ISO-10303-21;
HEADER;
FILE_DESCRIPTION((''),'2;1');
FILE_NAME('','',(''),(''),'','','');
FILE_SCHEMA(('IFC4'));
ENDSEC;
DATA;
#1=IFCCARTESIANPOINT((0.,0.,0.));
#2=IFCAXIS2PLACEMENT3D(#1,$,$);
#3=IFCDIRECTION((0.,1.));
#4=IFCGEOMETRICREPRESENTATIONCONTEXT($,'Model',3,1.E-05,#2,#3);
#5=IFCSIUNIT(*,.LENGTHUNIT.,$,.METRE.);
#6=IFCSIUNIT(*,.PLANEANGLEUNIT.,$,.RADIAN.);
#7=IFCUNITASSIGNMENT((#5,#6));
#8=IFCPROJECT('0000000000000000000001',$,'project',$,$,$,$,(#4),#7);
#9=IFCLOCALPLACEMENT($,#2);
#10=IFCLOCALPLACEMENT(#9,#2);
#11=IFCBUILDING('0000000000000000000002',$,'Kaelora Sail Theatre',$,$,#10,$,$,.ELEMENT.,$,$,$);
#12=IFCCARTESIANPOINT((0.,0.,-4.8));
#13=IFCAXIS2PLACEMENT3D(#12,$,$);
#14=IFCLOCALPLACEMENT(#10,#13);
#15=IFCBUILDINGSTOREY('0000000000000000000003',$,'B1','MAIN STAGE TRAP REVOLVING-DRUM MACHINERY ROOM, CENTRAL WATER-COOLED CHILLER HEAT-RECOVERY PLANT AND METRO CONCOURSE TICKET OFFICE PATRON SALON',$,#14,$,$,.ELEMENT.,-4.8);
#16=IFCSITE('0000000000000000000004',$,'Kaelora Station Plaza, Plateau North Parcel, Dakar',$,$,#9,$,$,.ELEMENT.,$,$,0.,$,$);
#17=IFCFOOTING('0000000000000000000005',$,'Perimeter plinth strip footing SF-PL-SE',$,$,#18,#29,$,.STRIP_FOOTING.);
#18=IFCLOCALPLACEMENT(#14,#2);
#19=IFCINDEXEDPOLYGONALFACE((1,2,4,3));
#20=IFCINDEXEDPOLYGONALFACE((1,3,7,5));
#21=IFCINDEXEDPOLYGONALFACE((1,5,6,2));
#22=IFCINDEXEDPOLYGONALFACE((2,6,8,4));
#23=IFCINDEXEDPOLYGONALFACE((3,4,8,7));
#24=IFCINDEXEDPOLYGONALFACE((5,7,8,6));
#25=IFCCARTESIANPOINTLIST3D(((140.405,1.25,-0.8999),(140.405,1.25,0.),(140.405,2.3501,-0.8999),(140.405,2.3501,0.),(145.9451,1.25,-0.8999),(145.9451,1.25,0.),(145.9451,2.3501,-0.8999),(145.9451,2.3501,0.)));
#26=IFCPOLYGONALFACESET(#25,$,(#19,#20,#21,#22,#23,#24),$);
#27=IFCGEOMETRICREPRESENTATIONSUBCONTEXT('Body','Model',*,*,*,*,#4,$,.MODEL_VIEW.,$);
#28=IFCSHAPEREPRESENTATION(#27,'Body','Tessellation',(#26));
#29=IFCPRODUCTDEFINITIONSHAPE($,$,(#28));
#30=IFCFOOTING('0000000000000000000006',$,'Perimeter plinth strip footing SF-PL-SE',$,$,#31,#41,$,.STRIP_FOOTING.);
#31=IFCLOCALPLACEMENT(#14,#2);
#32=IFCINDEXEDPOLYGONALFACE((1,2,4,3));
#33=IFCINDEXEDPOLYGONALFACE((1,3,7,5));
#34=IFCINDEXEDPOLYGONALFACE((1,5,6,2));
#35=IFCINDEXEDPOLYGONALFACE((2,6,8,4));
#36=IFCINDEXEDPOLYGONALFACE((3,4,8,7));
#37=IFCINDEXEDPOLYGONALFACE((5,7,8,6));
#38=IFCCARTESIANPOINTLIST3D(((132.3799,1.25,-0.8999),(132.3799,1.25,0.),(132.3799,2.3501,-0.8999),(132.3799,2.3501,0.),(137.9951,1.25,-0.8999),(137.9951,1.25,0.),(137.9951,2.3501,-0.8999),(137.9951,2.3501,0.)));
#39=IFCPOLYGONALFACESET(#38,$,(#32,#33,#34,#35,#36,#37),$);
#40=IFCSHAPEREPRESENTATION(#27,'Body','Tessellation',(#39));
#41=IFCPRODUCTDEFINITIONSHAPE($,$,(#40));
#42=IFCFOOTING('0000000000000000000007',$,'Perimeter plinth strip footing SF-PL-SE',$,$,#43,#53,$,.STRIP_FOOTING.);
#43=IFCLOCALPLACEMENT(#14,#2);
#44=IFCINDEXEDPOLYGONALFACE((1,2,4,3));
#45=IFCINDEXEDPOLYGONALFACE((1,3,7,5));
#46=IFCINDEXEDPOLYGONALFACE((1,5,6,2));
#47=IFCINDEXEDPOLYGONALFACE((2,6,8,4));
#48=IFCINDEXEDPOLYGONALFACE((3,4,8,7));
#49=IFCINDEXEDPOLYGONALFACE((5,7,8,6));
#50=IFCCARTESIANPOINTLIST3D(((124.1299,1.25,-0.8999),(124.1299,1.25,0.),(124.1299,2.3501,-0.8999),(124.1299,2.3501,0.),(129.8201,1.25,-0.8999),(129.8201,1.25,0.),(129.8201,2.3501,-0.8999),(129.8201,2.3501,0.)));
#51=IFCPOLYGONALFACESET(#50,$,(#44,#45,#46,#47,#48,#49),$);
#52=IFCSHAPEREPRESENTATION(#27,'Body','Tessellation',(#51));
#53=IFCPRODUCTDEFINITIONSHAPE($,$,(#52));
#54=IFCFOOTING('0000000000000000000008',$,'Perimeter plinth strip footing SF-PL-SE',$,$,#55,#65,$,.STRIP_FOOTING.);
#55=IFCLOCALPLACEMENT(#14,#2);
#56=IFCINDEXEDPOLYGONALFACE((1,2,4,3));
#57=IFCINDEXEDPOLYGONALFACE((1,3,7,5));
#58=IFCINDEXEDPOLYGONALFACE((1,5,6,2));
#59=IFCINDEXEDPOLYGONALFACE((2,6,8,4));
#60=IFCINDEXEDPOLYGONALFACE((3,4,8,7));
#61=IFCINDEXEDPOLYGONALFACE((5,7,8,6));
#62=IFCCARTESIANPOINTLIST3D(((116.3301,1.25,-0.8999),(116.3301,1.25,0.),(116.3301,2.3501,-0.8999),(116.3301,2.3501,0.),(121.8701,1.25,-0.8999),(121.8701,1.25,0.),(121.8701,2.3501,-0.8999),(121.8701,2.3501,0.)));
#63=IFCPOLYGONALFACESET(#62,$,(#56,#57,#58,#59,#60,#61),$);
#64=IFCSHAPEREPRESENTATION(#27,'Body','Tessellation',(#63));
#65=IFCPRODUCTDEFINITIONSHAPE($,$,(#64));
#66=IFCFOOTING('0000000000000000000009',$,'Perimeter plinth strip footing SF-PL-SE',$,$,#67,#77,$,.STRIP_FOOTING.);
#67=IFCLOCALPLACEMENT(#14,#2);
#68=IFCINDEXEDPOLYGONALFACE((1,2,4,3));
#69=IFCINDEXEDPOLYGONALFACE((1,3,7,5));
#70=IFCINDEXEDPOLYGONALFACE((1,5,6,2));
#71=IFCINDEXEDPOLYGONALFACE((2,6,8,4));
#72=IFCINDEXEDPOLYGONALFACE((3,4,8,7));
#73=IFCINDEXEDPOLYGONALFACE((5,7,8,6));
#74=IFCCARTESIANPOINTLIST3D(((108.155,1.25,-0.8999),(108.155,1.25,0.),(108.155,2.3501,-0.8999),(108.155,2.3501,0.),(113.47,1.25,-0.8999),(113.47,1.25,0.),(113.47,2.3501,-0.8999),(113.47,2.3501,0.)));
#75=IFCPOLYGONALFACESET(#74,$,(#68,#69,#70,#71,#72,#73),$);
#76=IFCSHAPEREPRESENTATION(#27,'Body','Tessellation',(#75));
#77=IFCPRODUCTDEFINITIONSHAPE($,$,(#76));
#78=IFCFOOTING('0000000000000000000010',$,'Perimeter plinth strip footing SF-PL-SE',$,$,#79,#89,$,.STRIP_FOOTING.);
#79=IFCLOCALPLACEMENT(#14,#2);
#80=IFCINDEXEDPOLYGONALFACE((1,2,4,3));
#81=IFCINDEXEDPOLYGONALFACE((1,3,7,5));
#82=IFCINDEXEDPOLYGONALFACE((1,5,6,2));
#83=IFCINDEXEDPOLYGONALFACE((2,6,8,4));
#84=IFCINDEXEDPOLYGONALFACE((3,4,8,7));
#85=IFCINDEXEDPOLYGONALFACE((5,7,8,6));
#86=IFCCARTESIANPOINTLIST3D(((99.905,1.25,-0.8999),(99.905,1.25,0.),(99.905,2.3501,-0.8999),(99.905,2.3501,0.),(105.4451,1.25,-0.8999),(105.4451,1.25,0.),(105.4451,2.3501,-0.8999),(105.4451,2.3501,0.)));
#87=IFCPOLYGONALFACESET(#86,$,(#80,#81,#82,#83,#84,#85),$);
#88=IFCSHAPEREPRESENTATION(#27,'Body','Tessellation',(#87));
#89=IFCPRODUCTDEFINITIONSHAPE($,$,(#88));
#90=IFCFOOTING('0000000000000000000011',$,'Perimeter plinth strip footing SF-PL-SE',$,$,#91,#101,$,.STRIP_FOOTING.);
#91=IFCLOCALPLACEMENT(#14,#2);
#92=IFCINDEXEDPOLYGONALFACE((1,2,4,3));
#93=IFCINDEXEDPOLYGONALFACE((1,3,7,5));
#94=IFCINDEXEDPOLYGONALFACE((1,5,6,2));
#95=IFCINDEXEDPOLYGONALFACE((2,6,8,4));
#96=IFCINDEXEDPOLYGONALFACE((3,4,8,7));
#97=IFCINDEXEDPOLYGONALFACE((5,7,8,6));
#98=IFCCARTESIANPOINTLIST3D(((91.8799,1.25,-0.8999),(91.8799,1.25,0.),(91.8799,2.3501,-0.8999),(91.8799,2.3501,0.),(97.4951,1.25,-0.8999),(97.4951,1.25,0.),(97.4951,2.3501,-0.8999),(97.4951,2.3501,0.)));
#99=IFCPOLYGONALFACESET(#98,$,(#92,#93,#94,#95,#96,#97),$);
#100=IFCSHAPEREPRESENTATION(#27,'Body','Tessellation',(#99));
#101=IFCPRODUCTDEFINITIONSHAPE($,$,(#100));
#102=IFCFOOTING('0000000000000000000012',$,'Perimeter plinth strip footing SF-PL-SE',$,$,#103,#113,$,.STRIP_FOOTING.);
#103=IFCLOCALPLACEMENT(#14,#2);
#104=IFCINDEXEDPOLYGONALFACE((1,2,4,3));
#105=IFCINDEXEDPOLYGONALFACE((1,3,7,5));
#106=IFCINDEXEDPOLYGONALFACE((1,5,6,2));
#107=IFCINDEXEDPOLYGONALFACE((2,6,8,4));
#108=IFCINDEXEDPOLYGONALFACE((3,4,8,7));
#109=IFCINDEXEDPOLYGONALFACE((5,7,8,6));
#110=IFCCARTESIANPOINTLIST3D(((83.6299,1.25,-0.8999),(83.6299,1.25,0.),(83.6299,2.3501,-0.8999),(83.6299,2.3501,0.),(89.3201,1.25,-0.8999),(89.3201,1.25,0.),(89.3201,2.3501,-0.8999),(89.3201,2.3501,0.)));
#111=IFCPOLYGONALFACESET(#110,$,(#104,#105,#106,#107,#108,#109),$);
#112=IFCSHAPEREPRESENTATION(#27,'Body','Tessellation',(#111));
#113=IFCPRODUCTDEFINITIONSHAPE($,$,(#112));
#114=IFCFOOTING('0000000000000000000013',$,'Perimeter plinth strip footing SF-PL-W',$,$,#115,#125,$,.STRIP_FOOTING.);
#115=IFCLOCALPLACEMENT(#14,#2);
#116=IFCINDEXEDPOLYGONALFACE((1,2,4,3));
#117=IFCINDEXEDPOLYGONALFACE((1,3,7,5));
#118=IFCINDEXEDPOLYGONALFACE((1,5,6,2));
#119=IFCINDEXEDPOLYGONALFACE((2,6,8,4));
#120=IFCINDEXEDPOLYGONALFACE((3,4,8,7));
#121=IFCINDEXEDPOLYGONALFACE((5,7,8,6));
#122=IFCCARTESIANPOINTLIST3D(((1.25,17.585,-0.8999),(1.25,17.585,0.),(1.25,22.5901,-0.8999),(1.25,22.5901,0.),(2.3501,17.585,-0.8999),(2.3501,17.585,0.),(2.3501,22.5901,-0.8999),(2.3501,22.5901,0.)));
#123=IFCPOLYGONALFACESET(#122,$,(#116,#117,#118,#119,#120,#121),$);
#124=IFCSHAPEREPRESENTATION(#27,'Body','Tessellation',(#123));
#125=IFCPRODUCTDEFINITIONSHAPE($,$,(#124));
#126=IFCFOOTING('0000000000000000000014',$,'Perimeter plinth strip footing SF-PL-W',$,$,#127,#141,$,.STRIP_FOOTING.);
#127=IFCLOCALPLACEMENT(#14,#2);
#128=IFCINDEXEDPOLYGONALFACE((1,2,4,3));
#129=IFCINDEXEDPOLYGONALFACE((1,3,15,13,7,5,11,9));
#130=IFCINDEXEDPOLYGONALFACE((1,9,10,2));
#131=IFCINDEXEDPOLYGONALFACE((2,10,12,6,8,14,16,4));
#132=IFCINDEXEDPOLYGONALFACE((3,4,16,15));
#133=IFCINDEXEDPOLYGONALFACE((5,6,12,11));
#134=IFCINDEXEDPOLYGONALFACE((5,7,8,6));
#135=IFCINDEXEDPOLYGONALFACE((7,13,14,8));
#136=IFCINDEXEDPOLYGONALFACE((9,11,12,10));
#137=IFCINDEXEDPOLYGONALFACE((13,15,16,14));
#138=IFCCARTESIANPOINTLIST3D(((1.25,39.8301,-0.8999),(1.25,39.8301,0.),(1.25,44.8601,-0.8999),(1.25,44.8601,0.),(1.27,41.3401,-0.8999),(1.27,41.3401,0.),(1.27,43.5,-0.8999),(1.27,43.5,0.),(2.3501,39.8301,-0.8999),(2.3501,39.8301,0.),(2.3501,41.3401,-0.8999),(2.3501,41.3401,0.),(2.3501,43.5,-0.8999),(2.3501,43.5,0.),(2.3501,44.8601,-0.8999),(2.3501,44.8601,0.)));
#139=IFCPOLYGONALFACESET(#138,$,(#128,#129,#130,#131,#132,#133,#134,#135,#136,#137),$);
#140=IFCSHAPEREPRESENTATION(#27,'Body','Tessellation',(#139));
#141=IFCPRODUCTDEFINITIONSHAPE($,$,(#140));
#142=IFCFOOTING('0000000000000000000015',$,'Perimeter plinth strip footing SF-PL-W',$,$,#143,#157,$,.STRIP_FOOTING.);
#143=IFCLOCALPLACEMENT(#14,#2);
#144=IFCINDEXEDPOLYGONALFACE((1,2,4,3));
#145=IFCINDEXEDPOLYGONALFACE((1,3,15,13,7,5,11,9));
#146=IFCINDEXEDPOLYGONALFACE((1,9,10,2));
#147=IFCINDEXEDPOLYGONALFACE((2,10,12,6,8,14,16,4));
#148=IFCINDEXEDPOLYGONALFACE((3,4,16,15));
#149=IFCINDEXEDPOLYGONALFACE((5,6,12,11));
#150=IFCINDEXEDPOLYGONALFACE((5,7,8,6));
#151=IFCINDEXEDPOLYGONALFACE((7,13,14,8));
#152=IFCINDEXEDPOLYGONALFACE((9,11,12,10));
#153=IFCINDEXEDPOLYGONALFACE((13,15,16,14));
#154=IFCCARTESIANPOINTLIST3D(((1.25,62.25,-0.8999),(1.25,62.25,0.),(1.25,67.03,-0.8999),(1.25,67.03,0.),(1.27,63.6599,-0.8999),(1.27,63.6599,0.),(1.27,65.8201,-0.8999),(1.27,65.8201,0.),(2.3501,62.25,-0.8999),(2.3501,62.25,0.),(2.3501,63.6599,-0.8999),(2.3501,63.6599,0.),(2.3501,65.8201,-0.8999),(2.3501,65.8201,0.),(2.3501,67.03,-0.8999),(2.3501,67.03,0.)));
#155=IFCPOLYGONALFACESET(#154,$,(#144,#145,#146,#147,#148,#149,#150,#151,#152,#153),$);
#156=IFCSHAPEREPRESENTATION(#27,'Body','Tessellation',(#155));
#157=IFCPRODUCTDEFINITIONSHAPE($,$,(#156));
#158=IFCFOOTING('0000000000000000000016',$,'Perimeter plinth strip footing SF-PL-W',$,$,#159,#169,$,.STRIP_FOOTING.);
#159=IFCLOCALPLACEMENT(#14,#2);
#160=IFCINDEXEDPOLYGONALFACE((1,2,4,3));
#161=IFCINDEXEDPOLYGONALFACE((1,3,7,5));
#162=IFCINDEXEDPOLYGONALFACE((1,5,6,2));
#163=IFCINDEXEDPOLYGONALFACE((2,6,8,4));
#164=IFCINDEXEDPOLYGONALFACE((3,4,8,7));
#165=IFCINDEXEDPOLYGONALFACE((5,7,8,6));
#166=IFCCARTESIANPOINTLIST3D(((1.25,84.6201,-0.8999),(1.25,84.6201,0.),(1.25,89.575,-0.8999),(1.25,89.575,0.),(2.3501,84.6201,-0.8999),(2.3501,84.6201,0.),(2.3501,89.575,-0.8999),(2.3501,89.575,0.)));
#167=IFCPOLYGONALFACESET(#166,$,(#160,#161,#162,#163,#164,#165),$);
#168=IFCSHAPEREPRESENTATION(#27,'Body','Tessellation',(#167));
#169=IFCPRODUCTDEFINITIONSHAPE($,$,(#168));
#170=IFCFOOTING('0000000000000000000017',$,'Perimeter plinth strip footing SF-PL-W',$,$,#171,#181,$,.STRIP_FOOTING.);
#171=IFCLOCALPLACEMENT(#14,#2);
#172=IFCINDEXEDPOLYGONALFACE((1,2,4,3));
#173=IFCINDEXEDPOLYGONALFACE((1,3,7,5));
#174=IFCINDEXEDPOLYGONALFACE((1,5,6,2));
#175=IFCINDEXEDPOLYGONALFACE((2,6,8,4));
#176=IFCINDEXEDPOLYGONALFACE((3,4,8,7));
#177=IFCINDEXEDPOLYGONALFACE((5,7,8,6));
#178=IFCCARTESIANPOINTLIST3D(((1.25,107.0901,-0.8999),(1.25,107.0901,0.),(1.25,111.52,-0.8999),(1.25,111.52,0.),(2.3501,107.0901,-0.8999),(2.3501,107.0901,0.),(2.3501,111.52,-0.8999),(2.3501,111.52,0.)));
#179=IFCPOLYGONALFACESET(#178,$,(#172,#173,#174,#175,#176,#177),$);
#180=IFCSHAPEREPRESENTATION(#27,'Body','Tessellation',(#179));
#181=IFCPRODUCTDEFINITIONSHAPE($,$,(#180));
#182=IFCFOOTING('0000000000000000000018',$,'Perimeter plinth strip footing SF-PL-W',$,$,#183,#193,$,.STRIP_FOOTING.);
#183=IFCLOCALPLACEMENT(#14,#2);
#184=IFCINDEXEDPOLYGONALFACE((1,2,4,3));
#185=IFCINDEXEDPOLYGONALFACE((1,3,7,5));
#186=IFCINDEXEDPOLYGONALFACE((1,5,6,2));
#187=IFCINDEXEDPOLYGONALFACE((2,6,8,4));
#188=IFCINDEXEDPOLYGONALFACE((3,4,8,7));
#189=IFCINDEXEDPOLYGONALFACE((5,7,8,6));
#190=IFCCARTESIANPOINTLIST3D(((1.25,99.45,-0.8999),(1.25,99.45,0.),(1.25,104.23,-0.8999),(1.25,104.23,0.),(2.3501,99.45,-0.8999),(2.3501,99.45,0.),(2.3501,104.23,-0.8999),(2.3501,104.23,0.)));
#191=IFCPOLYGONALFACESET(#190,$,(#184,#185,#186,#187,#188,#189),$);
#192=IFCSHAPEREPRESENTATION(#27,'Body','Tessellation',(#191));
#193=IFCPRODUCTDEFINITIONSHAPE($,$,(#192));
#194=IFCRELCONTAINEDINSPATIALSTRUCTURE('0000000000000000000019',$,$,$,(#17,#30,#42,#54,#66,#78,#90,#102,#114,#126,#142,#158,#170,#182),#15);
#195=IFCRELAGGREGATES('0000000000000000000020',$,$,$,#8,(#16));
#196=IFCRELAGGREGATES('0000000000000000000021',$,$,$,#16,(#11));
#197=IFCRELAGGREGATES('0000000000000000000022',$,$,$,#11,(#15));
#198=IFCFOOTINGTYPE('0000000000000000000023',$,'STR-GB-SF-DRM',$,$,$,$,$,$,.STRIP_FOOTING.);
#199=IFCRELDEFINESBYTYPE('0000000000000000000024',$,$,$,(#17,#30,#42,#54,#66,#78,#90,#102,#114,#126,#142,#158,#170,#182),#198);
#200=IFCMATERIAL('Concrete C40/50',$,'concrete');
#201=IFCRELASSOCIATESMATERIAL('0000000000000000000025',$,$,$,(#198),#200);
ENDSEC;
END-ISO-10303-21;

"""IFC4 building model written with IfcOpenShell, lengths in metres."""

from ifc_helpers import new_model, si_unit, direction, frame, origin, place, context, subcontext, project, spatial, polyline, outline, extrude, material, type_object, element, save


model = new_model("IFC4")

# Units and contexts
model_context = context("Model", 3, precision=1e-05, world=origin(), true_north=direction((0.0, 1.0)))
body_context = subcontext(model_context, "Body", "Model", "MODEL_VIEW")
ifc_project = project(units=[si_unit("LENGTHUNIT", "METRE"), si_unit("PLANEANGLEUNIT", "RADIAN")], contexts=[model_context])

# Site, building, storey
site_placement = place(None, origin())
site = spatial("IfcSite", under=ifc_project, at=site_placement, Name="Kaelora Station Plaza, Plateau North Parcel, Dakar", CompositionType="ELEMENT", RefElevation=0.0)
building_placement = place(site_placement, origin())
building = spatial("IfcBuilding", under=site, at=building_placement, Name="Kaelora Sail Theatre", CompositionType="ELEMENT")
storey_placement = place(building_placement, frame((0.0, 0.0, -4.8)))
storey = spatial("IfcBuildingStorey", under=building, at=storey_placement, Name="B1", Description="MAIN STAGE TRAP REVOLVING-DRUM MACHINERY ROOM, CENTRAL WATER-COOLED CHILLER HEAT-RECOVERY PLANT AND METRO CONCOURSE TICKET OFFICE PATRON SALON", CompositionType="ELEMENT", Elevation=-4.8)

# Footings
ifc_material = material(Name="Concrete C40/50", Category="concrete")
footing_type = type_object("IfcFootingType", Name="STR-GB-SF-DRM", PredefinedType="STRIP_FOOTING", material=ifc_material)
footing_1_placement = place(storey_placement, frame((0.0, 0.0, -0.8999)))
element("IfcFooting", 1, at=footing_1_placement, inside=storey, type_object=footing_type, Name="Perimeter plinth strip footing SF-PL-SE", PredefinedType="STRIP_FOOTING", context=body_context, shape_type="SweptSolid", body=[
    extrude(outline(polyline([(140.405, 1.25), (140.405, 2.3501), (145.9451, 2.3501), (145.9451, 1.25), (140.405, 1.25)])), origin(), (0.0, 0.0, 1.0), 0.8999),
])
footing_2_placement = place(storey_placement, frame((0.0, 0.0, -0.8999)))
element("IfcFooting", 2, at=footing_2_placement, inside=storey, type_object=footing_type, Name="Perimeter plinth strip footing SF-PL-SE", PredefinedType="STRIP_FOOTING", context=body_context, shape_type="SweptSolid", body=[
    extrude(outline(polyline([(132.3799, 1.25), (132.3799, 2.3501), (137.9951, 2.3501), (137.9951, 1.25), (132.3799, 1.25)])), origin(), (0.0, 0.0, 1.0), 0.8999),
])
footing_3_placement = place(storey_placement, frame((0.0, 0.0, -0.8999)))
element("IfcFooting", 3, at=footing_3_placement, inside=storey, type_object=footing_type, Name="Perimeter plinth strip footing SF-PL-SE", PredefinedType="STRIP_FOOTING", context=body_context, shape_type="SweptSolid", body=[
    extrude(outline(polyline([(124.1299, 1.25), (124.1299, 2.3501), (129.8201, 2.3501), (129.8201, 1.25), (124.1299, 1.25)])), origin(), (0.0, 0.0, 1.0), 0.8999),
])
footing_4_placement = place(storey_placement, frame((0.0, 0.0, -0.8999)))
element("IfcFooting", 4, at=footing_4_placement, inside=storey, type_object=footing_type, Name="Perimeter plinth strip footing SF-PL-SE", PredefinedType="STRIP_FOOTING", context=body_context, shape_type="SweptSolid", body=[
    extrude(outline(polyline([(121.8701, 1.25), (116.3301, 1.25), (116.3301, 2.3501), (121.8701, 2.3501), (121.8701, 1.25)])), origin(), (0.0, 0.0, 1.0), 0.8999),
])
footing_5_placement = place(storey_placement, frame((0.0, 0.0, -0.8999)))
element("IfcFooting", 5, at=footing_5_placement, inside=storey, type_object=footing_type, Name="Perimeter plinth strip footing SF-PL-SE", PredefinedType="STRIP_FOOTING", context=body_context, shape_type="SweptSolid", body=[
    extrude(outline(polyline([(113.47, 1.25), (108.155, 1.25), (108.155, 2.3501), (113.47, 2.3501), (113.47, 1.25)])), origin(), (0.0, 0.0, 1.0), 0.8999),
])
footing_6_placement = place(storey_placement, frame((0.0, 0.0, -0.8999)))
element("IfcFooting", 6, at=footing_6_placement, inside=storey, type_object=footing_type, Name="Perimeter plinth strip footing SF-PL-SE", PredefinedType="STRIP_FOOTING", context=body_context, shape_type="SweptSolid", body=[
    extrude(outline(polyline([(105.4451, 1.25), (99.905, 1.25), (99.905, 2.3501), (105.4451, 2.3501), (105.4451, 1.25)])), origin(), (0.0, 0.0, 1.0), 0.8999),
])
footing_7_placement = place(storey_placement, frame((0.0, 0.0, -0.8999)))
element("IfcFooting", 7, at=footing_7_placement, inside=storey, type_object=footing_type, Name="Perimeter plinth strip footing SF-PL-SE", PredefinedType="STRIP_FOOTING", context=body_context, shape_type="SweptSolid", body=[
    extrude(outline(polyline([(97.4951, 1.25), (91.8799, 1.25), (91.8799, 2.3501), (97.4951, 2.3501), (97.4951, 1.25)])), origin(), (0.0, 0.0, 1.0), 0.8999),
])
footing_8_placement = place(storey_placement, frame((0.0, 0.0, -0.8999)))
element("IfcFooting", 8, at=footing_8_placement, inside=storey, type_object=footing_type, Name="Perimeter plinth strip footing SF-PL-SE", PredefinedType="STRIP_FOOTING", context=body_context, shape_type="SweptSolid", body=[
    extrude(outline(polyline([(89.3201, 1.25), (83.6299, 1.25), (83.6299, 2.3501), (89.3201, 2.3501), (89.3201, 1.25)])), origin(), (0.0, 0.0, 1.0), 0.8999),
])
footing_9_placement = place(storey_placement, frame((0.0, 0.0, -0.8999)))
element("IfcFooting", 9, at=footing_9_placement, inside=storey, type_object=footing_type, Name="Perimeter plinth strip footing SF-PL-W", PredefinedType="STRIP_FOOTING", context=body_context, shape_type="SweptSolid", body=[
    extrude(outline(polyline([(2.3501, 22.5901), (2.3501, 17.585), (1.25, 17.585), (1.25, 22.5901), (2.3501, 22.5901)])), origin(), (0.0, 0.0, 1.0), 0.8999),
])
footing_10_placement = place(storey_placement, frame((0.0, 0.0, -0.8999)))
element("IfcFooting", 10, at=footing_10_placement, inside=storey, type_object=footing_type, Name="Perimeter plinth strip footing SF-PL-W", PredefinedType="STRIP_FOOTING", context=body_context, shape_type="SweptSolid", body=[
    extrude(outline(polyline([(2.3501, 39.8301), (1.25, 39.8301), (1.25, 44.8601), (2.3501, 44.8601), (2.3501, 43.5), (1.27, 43.5), (1.27, 41.3401), (2.3501, 41.3401), (2.3501, 39.8301)])), origin(), (0.0, 0.0, 1.0), 0.8999),
])
footing_11_placement = place(storey_placement, frame((0.0, 0.0, -0.8999)))
element("IfcFooting", 11, at=footing_11_placement, inside=storey, type_object=footing_type, Name="Perimeter plinth strip footing SF-PL-W", PredefinedType="STRIP_FOOTING", context=body_context, shape_type="SweptSolid", body=[
    extrude(outline(polyline([(1.27, 65.8201), (1.27, 63.6599), (2.3501, 63.6599), (2.3501, 62.25), (1.25, 62.25), (1.25, 67.03), (2.3501, 67.03), (2.3501, 65.8201), (1.27, 65.8201)])), origin(), (0.0, 0.0, 1.0), 0.8999),
])
footing_12_placement = place(storey_placement, frame((0.0, 0.0, -0.8999)))
element("IfcFooting", 12, at=footing_12_placement, inside=storey, type_object=footing_type, Name="Perimeter plinth strip footing SF-PL-W", PredefinedType="STRIP_FOOTING", context=body_context, shape_type="SweptSolid", body=[
    extrude(outline(polyline([(1.25, 89.575), (2.3501, 89.575), (2.3501, 84.6201), (1.25, 84.6201), (1.25, 89.575)])), origin(), (0.0, 0.0, 1.0), 0.8999),
])
footing_13_placement = place(storey_placement, frame((0.0, 0.0, -0.8999)))
element("IfcFooting", 13, at=footing_13_placement, inside=storey, type_object=footing_type, Name="Perimeter plinth strip footing SF-PL-W", PredefinedType="STRIP_FOOTING", context=body_context, shape_type="SweptSolid", body=[
    extrude(outline(polyline([(2.3501, 111.52), (2.3501, 107.0901), (1.25, 107.0901), (1.25, 111.52), (2.3501, 111.52)])), origin(), (0.0, 0.0, 1.0), 0.8999),
])
footing_14_placement = place(storey_placement, frame((0.0, 0.0, -0.8999)))
element("IfcFooting", 14, at=footing_14_placement, inside=storey, type_object=footing_type, Name="Perimeter plinth strip footing SF-PL-W", PredefinedType="STRIP_FOOTING", context=body_context, shape_type="SweptSolid", body=[
    extrude(outline(polyline([(2.3501, 104.23), (2.3501, 99.45), (1.25, 99.45), (1.25, 104.23), (2.3501, 104.23)])), origin(), (0.0, 0.0, 1.0), 0.8999),
])

save(model, "model.ifc")
